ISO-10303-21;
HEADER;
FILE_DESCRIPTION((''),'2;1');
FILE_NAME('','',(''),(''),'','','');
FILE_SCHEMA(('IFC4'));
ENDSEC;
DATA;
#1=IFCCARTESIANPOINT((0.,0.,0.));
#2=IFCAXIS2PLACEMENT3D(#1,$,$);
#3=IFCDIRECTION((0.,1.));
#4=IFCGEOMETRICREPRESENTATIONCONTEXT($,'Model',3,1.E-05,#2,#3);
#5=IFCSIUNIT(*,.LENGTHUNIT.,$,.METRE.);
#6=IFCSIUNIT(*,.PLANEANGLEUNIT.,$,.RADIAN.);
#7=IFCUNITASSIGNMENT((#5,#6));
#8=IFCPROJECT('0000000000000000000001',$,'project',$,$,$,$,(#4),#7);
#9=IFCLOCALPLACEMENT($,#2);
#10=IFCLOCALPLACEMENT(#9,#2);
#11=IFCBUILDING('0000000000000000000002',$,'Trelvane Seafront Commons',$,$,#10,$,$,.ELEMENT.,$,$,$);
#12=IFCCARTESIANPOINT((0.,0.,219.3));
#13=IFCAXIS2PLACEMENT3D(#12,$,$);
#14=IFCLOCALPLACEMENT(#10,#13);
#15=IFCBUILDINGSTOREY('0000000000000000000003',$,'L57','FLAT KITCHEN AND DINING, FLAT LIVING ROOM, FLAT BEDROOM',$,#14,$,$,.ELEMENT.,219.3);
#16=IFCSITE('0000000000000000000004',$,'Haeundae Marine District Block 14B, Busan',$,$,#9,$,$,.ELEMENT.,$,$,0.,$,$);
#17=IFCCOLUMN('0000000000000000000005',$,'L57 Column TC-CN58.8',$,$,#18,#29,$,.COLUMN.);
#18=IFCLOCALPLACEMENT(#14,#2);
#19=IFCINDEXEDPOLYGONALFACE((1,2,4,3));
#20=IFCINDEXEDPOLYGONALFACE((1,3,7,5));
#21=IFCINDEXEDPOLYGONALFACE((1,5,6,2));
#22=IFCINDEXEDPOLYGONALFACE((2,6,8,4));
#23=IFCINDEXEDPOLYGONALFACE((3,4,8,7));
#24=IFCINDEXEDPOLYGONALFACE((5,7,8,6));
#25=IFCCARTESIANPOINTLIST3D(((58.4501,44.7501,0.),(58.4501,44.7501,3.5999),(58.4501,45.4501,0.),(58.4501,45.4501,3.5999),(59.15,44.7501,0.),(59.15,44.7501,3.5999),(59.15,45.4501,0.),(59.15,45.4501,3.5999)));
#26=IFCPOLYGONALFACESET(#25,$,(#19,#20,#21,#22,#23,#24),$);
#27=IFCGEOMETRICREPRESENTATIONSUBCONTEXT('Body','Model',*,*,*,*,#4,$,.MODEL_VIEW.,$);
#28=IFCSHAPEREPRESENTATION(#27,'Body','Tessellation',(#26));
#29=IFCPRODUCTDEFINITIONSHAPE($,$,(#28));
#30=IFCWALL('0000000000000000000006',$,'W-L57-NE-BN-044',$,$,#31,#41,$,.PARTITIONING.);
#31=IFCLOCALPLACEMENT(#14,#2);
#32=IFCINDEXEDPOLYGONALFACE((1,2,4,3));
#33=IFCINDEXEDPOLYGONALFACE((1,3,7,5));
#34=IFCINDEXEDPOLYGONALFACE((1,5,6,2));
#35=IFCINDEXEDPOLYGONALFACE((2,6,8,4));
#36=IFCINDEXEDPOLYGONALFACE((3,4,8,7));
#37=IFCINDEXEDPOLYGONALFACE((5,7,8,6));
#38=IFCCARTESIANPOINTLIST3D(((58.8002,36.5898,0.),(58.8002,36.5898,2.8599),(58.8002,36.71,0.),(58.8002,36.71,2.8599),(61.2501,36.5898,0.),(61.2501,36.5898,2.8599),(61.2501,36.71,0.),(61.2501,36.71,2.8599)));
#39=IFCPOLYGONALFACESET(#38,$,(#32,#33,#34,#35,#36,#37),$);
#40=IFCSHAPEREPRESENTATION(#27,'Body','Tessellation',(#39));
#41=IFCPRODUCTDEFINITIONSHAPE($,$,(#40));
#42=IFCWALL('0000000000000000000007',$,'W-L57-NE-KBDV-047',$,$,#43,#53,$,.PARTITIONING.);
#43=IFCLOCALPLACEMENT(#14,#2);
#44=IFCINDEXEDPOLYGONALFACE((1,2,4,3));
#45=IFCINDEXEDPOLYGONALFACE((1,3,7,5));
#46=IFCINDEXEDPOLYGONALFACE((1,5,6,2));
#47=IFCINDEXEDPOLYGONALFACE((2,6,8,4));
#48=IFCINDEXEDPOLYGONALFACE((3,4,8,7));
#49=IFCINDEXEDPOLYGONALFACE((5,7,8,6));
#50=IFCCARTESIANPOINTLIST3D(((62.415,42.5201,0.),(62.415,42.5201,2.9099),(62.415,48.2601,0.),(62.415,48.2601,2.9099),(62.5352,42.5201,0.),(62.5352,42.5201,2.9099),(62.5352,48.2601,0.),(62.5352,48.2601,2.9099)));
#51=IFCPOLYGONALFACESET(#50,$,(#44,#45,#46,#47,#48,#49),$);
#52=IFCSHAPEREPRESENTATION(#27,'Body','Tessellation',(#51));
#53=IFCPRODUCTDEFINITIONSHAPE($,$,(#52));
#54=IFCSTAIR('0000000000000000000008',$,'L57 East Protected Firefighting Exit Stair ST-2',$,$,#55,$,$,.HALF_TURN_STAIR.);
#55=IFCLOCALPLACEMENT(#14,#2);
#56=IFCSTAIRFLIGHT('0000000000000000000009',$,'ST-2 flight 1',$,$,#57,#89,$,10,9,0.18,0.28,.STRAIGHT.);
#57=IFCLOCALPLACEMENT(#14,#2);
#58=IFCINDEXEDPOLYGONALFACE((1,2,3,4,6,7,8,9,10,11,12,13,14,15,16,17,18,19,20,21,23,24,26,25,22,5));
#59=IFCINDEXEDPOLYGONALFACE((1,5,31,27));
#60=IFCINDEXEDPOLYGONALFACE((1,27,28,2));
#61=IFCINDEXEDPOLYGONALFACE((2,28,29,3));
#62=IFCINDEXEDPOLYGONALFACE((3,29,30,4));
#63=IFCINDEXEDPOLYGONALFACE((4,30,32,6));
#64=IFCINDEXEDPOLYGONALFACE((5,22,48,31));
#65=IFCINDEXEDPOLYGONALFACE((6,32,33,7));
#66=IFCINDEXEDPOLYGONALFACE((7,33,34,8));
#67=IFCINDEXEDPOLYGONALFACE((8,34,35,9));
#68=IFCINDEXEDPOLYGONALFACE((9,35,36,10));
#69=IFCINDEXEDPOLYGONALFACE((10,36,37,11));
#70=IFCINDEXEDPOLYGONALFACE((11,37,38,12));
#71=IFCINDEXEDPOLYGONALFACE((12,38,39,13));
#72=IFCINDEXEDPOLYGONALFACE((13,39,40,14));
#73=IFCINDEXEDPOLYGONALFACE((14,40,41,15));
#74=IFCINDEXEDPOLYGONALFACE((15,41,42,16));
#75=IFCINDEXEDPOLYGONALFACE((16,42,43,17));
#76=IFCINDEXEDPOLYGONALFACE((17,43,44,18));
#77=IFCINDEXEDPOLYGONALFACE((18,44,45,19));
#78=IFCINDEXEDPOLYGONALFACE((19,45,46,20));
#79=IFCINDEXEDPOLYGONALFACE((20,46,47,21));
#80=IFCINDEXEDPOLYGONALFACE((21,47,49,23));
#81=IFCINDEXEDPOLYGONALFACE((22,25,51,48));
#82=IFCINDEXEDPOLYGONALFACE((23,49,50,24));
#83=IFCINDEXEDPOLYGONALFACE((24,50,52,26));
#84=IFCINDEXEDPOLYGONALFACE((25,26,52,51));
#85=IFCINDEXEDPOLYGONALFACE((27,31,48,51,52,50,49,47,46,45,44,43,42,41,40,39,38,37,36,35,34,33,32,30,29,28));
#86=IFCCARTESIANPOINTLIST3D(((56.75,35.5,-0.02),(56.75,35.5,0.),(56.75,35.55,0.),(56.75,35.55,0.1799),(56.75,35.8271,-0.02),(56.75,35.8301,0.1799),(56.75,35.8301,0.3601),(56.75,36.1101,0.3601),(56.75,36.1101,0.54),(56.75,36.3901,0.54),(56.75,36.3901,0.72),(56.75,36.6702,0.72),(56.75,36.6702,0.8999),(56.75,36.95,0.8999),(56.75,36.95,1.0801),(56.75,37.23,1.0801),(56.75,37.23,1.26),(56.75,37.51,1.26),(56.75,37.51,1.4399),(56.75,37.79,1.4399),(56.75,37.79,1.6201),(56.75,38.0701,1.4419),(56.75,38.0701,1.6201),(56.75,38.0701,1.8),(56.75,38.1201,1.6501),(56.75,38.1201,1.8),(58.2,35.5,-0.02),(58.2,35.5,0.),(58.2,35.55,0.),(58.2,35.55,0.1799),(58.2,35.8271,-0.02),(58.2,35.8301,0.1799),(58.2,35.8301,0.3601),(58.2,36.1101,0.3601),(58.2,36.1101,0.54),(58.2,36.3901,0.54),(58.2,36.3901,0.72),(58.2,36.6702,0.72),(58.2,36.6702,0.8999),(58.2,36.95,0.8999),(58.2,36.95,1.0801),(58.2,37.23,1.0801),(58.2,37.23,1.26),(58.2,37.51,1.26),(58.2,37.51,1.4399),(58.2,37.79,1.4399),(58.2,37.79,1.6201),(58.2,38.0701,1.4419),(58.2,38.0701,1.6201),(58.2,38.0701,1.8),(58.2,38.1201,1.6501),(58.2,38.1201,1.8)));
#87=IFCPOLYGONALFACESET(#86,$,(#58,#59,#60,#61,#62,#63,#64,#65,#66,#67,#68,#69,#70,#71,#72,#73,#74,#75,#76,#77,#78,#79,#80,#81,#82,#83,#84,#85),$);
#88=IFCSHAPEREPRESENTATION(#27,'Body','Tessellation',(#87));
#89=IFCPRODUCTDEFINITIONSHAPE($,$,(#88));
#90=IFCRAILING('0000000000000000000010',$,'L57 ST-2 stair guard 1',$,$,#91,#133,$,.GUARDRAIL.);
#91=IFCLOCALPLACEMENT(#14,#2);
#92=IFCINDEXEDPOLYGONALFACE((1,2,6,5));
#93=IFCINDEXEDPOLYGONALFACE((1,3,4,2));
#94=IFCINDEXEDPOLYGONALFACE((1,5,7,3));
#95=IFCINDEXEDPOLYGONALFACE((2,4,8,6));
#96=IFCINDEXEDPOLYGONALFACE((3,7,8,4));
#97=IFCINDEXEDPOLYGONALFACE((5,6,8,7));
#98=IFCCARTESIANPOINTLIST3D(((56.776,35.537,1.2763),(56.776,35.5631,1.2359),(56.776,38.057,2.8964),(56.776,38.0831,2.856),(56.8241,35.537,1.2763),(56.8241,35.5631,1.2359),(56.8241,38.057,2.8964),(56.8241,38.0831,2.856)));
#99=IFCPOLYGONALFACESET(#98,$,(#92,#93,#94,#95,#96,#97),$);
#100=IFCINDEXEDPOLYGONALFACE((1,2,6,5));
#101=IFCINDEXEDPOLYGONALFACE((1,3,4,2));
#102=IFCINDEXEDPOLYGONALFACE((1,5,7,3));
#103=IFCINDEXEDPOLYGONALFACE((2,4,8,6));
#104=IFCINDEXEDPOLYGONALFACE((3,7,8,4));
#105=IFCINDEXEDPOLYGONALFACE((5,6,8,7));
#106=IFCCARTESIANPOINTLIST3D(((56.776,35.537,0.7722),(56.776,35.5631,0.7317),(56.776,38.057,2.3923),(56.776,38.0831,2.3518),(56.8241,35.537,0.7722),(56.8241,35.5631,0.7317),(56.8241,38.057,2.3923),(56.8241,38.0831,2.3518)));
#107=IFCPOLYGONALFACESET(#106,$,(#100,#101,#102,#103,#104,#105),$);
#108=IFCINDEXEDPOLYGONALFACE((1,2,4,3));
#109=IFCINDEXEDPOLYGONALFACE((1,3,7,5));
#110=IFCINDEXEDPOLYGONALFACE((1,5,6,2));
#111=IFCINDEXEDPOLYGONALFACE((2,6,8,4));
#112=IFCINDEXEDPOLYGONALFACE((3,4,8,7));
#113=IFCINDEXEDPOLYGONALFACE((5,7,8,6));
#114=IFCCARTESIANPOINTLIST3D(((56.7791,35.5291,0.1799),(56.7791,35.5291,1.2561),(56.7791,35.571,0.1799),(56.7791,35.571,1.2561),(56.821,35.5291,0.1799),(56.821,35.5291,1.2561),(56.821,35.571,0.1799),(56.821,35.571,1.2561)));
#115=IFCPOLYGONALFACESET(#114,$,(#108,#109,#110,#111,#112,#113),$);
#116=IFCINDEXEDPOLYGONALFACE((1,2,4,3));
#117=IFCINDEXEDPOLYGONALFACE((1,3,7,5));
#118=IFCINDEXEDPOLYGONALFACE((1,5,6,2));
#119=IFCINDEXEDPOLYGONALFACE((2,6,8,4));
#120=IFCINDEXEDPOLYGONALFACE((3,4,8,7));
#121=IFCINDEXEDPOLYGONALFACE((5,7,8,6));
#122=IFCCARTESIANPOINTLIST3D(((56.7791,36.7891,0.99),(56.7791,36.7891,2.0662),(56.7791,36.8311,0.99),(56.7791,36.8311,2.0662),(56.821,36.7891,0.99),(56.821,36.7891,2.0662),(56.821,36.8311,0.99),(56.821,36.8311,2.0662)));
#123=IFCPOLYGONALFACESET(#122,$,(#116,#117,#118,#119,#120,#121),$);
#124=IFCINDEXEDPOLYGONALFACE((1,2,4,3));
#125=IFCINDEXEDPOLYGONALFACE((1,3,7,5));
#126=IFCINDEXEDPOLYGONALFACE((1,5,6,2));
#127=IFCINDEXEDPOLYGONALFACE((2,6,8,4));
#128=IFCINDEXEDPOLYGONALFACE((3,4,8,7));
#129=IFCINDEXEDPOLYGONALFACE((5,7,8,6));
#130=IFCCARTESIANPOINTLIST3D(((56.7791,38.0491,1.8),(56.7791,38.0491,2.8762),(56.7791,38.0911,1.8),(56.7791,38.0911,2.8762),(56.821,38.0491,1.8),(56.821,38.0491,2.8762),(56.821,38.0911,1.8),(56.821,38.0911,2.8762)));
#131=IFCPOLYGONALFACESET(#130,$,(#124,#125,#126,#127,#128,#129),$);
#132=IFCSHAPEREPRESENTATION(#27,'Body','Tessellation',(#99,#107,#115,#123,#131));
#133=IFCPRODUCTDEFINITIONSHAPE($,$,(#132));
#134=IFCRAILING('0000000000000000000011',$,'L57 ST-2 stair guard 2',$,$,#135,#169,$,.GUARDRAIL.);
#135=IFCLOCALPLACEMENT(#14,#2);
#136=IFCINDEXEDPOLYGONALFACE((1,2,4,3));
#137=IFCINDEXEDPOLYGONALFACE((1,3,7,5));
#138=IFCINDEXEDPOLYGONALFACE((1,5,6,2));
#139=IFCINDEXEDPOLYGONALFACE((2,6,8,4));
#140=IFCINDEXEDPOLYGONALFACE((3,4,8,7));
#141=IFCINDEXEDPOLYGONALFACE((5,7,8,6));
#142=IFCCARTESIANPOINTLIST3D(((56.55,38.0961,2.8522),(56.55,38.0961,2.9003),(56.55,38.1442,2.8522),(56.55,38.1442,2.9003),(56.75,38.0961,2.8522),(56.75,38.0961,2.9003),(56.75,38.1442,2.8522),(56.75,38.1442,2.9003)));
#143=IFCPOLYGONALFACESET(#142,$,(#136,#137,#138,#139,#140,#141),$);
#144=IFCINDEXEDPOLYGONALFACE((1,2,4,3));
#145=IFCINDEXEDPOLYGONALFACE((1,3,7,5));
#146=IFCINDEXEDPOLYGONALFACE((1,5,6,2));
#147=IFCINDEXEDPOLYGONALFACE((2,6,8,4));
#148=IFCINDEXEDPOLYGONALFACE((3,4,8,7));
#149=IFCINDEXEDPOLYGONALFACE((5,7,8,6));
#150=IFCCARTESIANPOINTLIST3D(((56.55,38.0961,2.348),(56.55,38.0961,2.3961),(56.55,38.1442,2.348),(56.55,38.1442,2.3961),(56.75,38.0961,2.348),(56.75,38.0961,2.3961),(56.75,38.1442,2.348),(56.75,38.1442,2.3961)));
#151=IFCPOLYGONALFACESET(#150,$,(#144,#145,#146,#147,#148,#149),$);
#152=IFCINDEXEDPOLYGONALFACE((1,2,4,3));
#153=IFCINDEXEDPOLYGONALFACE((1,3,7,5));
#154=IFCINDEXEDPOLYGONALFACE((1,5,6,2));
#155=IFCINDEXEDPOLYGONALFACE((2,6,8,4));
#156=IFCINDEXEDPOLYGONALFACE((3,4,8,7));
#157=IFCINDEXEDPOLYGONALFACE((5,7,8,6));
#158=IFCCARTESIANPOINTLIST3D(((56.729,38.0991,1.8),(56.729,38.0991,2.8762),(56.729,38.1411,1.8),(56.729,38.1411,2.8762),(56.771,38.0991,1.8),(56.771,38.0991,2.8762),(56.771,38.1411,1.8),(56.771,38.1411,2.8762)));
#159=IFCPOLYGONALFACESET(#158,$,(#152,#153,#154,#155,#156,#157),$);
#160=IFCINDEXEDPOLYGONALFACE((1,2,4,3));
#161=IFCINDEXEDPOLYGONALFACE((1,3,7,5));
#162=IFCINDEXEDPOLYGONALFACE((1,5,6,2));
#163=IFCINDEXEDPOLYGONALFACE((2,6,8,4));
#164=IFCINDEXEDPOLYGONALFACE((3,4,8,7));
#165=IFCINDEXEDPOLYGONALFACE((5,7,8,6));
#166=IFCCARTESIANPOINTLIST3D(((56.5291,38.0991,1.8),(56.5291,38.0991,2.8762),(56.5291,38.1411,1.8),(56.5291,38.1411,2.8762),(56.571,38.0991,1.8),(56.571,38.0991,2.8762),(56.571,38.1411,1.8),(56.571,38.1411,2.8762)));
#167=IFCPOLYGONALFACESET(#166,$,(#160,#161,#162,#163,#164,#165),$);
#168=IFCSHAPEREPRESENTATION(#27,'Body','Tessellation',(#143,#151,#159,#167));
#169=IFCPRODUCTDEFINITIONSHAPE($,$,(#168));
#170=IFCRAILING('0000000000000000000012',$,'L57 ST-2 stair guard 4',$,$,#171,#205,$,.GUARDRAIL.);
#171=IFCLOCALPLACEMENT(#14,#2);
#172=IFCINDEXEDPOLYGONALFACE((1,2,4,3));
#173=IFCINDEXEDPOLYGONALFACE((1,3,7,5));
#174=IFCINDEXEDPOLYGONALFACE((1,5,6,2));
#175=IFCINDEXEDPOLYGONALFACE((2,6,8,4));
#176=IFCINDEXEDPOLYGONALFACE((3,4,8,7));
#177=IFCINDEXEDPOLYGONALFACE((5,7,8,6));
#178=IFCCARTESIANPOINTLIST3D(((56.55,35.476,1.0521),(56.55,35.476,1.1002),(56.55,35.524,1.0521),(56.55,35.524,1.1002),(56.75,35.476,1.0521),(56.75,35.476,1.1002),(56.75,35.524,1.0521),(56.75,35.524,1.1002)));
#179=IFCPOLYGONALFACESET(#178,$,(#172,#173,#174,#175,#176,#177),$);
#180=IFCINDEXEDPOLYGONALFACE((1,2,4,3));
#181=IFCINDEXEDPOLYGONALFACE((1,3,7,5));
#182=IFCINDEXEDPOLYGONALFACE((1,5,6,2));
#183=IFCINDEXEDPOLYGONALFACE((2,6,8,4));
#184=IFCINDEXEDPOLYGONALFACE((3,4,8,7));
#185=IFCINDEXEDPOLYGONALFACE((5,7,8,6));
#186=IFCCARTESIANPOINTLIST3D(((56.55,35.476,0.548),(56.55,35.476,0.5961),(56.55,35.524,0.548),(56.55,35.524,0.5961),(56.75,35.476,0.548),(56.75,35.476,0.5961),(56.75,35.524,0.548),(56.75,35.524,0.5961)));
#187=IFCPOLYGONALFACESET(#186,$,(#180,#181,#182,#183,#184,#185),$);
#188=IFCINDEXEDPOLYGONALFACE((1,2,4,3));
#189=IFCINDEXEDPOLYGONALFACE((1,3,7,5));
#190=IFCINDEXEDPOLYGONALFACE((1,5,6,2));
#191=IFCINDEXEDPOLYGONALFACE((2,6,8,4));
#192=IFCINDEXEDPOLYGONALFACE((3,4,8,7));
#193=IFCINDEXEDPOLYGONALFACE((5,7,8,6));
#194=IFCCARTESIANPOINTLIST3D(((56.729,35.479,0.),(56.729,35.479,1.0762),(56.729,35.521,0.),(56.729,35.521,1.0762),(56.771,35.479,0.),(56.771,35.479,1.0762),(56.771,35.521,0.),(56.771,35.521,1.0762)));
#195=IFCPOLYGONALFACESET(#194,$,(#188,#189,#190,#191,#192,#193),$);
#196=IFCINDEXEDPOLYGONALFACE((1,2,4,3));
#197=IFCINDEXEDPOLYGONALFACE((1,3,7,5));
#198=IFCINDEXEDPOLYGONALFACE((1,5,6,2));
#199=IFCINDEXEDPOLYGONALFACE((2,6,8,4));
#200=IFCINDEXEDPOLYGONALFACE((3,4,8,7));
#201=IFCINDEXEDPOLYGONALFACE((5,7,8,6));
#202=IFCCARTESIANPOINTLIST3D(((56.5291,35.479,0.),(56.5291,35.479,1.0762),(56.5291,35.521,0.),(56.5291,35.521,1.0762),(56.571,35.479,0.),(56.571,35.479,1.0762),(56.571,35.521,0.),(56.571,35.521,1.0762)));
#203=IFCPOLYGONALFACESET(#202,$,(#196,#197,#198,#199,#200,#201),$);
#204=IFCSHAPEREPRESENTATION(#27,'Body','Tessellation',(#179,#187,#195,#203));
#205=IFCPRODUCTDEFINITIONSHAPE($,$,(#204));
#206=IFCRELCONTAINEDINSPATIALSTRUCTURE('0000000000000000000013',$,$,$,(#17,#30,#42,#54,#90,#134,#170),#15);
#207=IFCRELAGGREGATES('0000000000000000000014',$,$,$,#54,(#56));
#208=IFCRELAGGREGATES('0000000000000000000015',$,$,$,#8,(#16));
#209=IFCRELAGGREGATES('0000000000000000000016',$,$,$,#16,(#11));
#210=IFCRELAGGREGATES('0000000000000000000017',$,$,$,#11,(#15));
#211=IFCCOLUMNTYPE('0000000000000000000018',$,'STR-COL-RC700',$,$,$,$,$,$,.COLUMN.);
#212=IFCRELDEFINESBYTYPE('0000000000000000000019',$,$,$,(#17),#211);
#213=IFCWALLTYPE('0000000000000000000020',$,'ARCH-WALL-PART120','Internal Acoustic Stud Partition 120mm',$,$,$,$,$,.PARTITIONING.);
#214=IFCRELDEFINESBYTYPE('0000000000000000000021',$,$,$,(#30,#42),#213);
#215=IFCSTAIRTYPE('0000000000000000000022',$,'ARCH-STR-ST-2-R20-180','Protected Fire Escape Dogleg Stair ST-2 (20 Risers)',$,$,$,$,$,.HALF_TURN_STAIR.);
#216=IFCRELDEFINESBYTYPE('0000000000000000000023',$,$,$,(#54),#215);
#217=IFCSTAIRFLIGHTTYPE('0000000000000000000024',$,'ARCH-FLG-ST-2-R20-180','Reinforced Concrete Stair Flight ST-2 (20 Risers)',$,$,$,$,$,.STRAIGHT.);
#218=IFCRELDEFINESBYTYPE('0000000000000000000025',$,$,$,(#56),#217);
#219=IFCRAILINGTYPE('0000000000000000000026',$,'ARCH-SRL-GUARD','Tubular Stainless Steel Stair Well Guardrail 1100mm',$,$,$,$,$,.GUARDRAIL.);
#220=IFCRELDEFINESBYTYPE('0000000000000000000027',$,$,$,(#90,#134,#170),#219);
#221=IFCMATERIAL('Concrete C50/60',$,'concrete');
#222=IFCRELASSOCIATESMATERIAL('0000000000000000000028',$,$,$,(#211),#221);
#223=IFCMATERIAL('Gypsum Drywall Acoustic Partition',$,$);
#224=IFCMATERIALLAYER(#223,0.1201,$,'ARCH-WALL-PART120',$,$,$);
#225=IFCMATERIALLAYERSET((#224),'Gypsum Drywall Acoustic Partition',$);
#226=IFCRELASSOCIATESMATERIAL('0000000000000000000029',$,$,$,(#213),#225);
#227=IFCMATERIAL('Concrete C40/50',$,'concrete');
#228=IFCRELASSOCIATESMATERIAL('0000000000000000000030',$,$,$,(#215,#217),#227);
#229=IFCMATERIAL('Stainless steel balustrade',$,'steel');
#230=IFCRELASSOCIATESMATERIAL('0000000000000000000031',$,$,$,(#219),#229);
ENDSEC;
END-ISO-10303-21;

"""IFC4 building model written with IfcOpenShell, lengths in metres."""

from ifc_helpers import new_model, si_unit, direction, frame, frame_2d, origin, origin_2d, place, context, subcontext, project, spatial, polyline, rectangle, outline, extrude, source, transform, mapped, material, layer, layer_set, material_profile, profile_set, type_object, element, aggregate, save


model = new_model("IFC4")

# Units and contexts
model_context = context("Model", 3, precision=1e-05, world=origin(), true_north=direction((0.0, 1.0)))
body_context = subcontext(model_context, "Body", "Model", "MODEL_VIEW")
ifc_project = project(units=[si_unit("LENGTHUNIT", "METRE"), si_unit("PLANEANGLEUNIT", "RADIAN")], contexts=[model_context])

# Site, building, storey
site_placement = place(None, origin())
site = spatial("IfcSite", under=ifc_project, at=site_placement, Name="Haeundae Marine District Block 14B, Busan", CompositionType="ELEMENT", RefElevation=0.0)
building_placement = place(site_placement, origin())
building = spatial("IfcBuilding", under=site, at=building_placement, Name="Trelvane Seafront Commons", CompositionType="ELEMENT")
storey_placement = place(building_placement, frame((0.0, 0.0, 219.3)))
storey = spatial("IfcBuildingStorey", under=building, at=storey_placement, Name="L57", Description="FLAT KITCHEN AND DINING, FLAT LIVING ROOM, FLAT BEDROOM", CompositionType="ELEMENT", Elevation=219.3)

# Column
ifc_material_1 = material(Name="Concrete C50/60", Category="concrete")
ifc_material_profile = material_profile(ifc_material_1, rectangle(XDim=0.7, YDim=0.7, at=origin_2d()), Name="RC-700x700")
ifc_profile_set = profile_set([ifc_material_profile], Name="Concrete C50/60")
column_type = type_object("IfcColumnType", Name="STR-COL-RC700", PredefinedType="COLUMN", material=ifc_profile_set)
shared_shape_1 = source(origin(), body_context, "Body", "SweptSolid", [
    extrude(rectangle(XDim=0.7, YDim=0.7, at=origin_2d()), origin(), (0.0, 0.0, 1.0), 3.5999),
])
column_placement = place(storey_placement, frame((58.8, 45.1001, 0.0), z_axis=(0.0, 0.0, 1.0), x_axis=(1.0, 0.0, 0.0)))
element("IfcColumn", 1, at=column_placement, inside=storey, type_object=column_type, Name="L57 Column TC-CN58.8", PredefinedType="COLUMN", context=body_context, shape_type="MappedRepresentation", body=[
    mapped(shared_shape_1, transform((0.0, 0.0, 0.0), x_axis=(1.0, 0.0, 0.0), y_axis=(0.0, 1.0, 0.0), z_axis=(0.0, 0.0, 1.0), scale=1.0)),
])

# Wall
ifc_material_2 = material(Name="Gypsum Drywall Acoustic Partition")
ifc_layer_1 = layer(ifc_material_2, 0.1201, Name="ARCH-WALL-PART120")
ifc_layer_set_1 = layer_set([ifc_layer_1], Name="Gypsum Drywall Acoustic Partition")
wall_type_1 = type_object("IfcWallType", Name="ARCH-WALL-PART120", Description="Internal Acoustic Stud Partition 120mm", PredefinedType="PARTITIONING", material=ifc_layer_set_1)
wall_1_placement = place(storey_placement, frame((58.8, 36.6499, 0.0), z_axis=(0.0, 0.0, 1.0), x_axis=(1.0, 0.0, 0.0)))
element("IfcWall", 2, at=wall_1_placement, inside=storey, type_object=wall_type_1, Name="W-L57-NE-BN-044", PredefinedType="PARTITIONING", context=body_context, shape_type="SweptSolid", body=[
    extrude(rectangle(XDim=2.45, YDim=0.1201, at=frame_2d((1.2251, 0.0))), origin(), (0.0, 0.0, 1.0), 2.8599),
])

# Wall
wall_2_placement = place(storey_placement, frame((62.4751, 42.52, 0.0), z_axis=(0.0, 0.0, 1.0), x_axis=(0.0, 1.0, 0.0)))
element("IfcWall", 3, at=wall_2_placement, inside=storey, type_object=wall_type_1, Name="W-L57-NE-KBDV-047", PredefinedType="PARTITIONING", context=body_context, shape_type="SweptSolid", body=[
    extrude(rectangle(XDim=5.74, YDim=0.1201, at=frame_2d((2.8701, 0.0))), origin(), (0.0, 0.0, 1.0), 2.9099),
])

# Stair, stair flight
ifc_material_3 = material(Name="Concrete C40/50", Category="concrete")
stair_type = type_object("IfcStairType", Name="ARCH-STR-ST-2-R20-180", Description="Protected Fire Escape Dogleg Stair ST-2 (20 Risers)", PredefinedType="HALF_TURN_STAIR", material=ifc_material_3)
stair_placement = place(storey_placement, origin())
stair = element("IfcStair", 4, at=stair_placement, inside=storey, type_object=stair_type, Name="L57 East Protected Firefighting Exit Stair ST-2", PredefinedType="HALF_TURN_STAIR")
stair_flight_type = type_object("IfcStairFlightType", Name="ARCH-FLG-ST-2-R20-180", Description="Reinforced Concrete Stair Flight ST-2 (20 Risers)", PredefinedType="STRAIGHT", material=ifc_material_3)
shared_shape_2 = source(origin(), body_context, "Body", "SweptSolid", [
    extrude(outline(polyline([(-0.05, -0.02), (-0.05, 0.0), (0.0, 0.0), (0.0, 0.1799), (0.28, 0.1799), (0.28, 0.3601), (0.5601, 0.3601), (0.5601, 0.54), (0.8401, 0.54), (0.8401, 0.72), (1.1201, 0.72), (1.1201, 0.8999), (1.3999, 0.8999), (1.3999, 1.0801), (1.6799, 1.0801), (1.6799, 1.26), (1.96, 1.26), (1.96, 1.4399), (2.24, 1.4399), (2.24, 1.6201), (2.52, 1.6201), (2.52, 1.8), (2.5701, 1.8), (2.5701, 1.6501), (2.52, 1.4419), (0.2771, -0.02), (-0.05, -0.02)])), frame((0.0, 0.7251, 0.0), z_axis=(0.0, -1.0, 0.0), x_axis=(1.0, 0.0, 0.0)), (0.0, 0.0, 1.0), 1.45),
])
stair_flight_placement = place(storey_placement, frame((57.4751, 35.55, 0.0), z_axis=(0.0, 0.0, 1.0), x_axis=(0.0, 1.0, 0.0)))
stair_flight = element("IfcStairFlight", 5, at=stair_flight_placement, type_object=stair_flight_type, Name="ST-2 flight 1", NumberOfRisers=10, NumberOfTreads=9, PredefinedType="STRAIGHT", RiserHeight=0.18, TreadLength=0.28, context=body_context, shape_type="MappedRepresentation", body=[
    mapped(shared_shape_2, transform((0.0, 0.0, 0.0), x_axis=(1.0, 0.0, 0.0), y_axis=(0.0, 1.0, 0.0), z_axis=(0.0, 0.0, 1.0), scale=1.0)),
])
aggregate(stair, [stair_flight])

# Railings
ifc_material_4 = material(Name="Stainless steel balustrade", Category="steel")
railing_type_1 = type_object("IfcRailingType", Name="ARCH-SRL-GUARD", Description="Tubular Stainless Steel Stair Well Guardrail 1100mm", PredefinedType="GUARDRAIL", material=ifc_material_4)
railing_1_placement = place(storey_placement, frame((56.8, 35.55, 0.1799)))
element("IfcRailing", 6, at=railing_1_placement, inside=storey, type_object=railing_type_1, Name="L57 ST-2 stair guard 1", PredefinedType="GUARDRAIL", context=body_context, shape_type="SweptSolid", body=[
    extrude(rectangle(XDim=0.0481, YDim=0.0481, at=origin_2d()), frame((0.0, 0.0, 1.0762), z_axis=(0.0, 0.841163, 0.540782), x_axis=(-1.0, 0.0, 0.0)), (0.0, 0.0, 1.0), 2.9958),
    extrude(rectangle(XDim=0.0481, YDim=0.0481, at=origin_2d()), frame((0.0, 0.0, 0.572), z_axis=(0.0, 0.841163, 0.540782), x_axis=(-1.0, 0.0, 0.0)), (0.0, 0.0, 1.0), 2.9958),
    extrude(rectangle(XDim=0.042, YDim=0.042, at=origin_2d()), origin(), (0.0, 0.0, 1.0), 1.0762),
    extrude(rectangle(XDim=0.042, YDim=0.042, at=origin_2d()), frame((0.0, 1.26, 0.8101)), (0.0, 0.0, 1.0), 1.0762),
    extrude(rectangle(XDim=0.042, YDim=0.042, at=origin_2d()), frame((0.0, 2.52, 1.6201)), (0.0, 0.0, 1.0), 1.0762),
])
for number, where, name in (
    (7, (56.75, 38.1201, 1.8), "L57 ST-2 stair guard 2"),
    (8, (56.75, 35.5, 0.0), "L57 ST-2 stair guard 4"),
):
    element("IfcRailing", number, at=place(storey_placement, frame(where)), inside=storey, type_object=railing_type_1, Name=name, PredefinedType="GUARDRAIL", context=body_context, shape_type="SweptSolid", body=[
        extrude(rectangle(XDim=0.0481, YDim=0.0481, at=origin_2d()), frame((0.0, 0.0, 1.0762), z_axis=(-1.0, 0.0, 0.0), x_axis=(0.0, -1.0, 0.0)), (0.0, 0.0, 1.0), 0.2),
        extrude(rectangle(XDim=0.0481, YDim=0.0481, at=origin_2d()), frame((0.0, 0.0, 0.572), z_axis=(-1.0, 0.0, 0.0), x_axis=(0.0, -1.0, 0.0)), (0.0, 0.0, 1.0), 0.2),
        extrude(rectangle(XDim=0.042, YDim=0.042, at=origin_2d()), origin(), (0.0, 0.0, 1.0), 1.0762),
        extrude(rectangle(XDim=0.042, YDim=0.042, at=origin_2d()), frame((-0.2, 0.0, 0.0)), (0.0, 0.0, 1.0), 1.0762),
    ])

save(model, "model.ifc")
